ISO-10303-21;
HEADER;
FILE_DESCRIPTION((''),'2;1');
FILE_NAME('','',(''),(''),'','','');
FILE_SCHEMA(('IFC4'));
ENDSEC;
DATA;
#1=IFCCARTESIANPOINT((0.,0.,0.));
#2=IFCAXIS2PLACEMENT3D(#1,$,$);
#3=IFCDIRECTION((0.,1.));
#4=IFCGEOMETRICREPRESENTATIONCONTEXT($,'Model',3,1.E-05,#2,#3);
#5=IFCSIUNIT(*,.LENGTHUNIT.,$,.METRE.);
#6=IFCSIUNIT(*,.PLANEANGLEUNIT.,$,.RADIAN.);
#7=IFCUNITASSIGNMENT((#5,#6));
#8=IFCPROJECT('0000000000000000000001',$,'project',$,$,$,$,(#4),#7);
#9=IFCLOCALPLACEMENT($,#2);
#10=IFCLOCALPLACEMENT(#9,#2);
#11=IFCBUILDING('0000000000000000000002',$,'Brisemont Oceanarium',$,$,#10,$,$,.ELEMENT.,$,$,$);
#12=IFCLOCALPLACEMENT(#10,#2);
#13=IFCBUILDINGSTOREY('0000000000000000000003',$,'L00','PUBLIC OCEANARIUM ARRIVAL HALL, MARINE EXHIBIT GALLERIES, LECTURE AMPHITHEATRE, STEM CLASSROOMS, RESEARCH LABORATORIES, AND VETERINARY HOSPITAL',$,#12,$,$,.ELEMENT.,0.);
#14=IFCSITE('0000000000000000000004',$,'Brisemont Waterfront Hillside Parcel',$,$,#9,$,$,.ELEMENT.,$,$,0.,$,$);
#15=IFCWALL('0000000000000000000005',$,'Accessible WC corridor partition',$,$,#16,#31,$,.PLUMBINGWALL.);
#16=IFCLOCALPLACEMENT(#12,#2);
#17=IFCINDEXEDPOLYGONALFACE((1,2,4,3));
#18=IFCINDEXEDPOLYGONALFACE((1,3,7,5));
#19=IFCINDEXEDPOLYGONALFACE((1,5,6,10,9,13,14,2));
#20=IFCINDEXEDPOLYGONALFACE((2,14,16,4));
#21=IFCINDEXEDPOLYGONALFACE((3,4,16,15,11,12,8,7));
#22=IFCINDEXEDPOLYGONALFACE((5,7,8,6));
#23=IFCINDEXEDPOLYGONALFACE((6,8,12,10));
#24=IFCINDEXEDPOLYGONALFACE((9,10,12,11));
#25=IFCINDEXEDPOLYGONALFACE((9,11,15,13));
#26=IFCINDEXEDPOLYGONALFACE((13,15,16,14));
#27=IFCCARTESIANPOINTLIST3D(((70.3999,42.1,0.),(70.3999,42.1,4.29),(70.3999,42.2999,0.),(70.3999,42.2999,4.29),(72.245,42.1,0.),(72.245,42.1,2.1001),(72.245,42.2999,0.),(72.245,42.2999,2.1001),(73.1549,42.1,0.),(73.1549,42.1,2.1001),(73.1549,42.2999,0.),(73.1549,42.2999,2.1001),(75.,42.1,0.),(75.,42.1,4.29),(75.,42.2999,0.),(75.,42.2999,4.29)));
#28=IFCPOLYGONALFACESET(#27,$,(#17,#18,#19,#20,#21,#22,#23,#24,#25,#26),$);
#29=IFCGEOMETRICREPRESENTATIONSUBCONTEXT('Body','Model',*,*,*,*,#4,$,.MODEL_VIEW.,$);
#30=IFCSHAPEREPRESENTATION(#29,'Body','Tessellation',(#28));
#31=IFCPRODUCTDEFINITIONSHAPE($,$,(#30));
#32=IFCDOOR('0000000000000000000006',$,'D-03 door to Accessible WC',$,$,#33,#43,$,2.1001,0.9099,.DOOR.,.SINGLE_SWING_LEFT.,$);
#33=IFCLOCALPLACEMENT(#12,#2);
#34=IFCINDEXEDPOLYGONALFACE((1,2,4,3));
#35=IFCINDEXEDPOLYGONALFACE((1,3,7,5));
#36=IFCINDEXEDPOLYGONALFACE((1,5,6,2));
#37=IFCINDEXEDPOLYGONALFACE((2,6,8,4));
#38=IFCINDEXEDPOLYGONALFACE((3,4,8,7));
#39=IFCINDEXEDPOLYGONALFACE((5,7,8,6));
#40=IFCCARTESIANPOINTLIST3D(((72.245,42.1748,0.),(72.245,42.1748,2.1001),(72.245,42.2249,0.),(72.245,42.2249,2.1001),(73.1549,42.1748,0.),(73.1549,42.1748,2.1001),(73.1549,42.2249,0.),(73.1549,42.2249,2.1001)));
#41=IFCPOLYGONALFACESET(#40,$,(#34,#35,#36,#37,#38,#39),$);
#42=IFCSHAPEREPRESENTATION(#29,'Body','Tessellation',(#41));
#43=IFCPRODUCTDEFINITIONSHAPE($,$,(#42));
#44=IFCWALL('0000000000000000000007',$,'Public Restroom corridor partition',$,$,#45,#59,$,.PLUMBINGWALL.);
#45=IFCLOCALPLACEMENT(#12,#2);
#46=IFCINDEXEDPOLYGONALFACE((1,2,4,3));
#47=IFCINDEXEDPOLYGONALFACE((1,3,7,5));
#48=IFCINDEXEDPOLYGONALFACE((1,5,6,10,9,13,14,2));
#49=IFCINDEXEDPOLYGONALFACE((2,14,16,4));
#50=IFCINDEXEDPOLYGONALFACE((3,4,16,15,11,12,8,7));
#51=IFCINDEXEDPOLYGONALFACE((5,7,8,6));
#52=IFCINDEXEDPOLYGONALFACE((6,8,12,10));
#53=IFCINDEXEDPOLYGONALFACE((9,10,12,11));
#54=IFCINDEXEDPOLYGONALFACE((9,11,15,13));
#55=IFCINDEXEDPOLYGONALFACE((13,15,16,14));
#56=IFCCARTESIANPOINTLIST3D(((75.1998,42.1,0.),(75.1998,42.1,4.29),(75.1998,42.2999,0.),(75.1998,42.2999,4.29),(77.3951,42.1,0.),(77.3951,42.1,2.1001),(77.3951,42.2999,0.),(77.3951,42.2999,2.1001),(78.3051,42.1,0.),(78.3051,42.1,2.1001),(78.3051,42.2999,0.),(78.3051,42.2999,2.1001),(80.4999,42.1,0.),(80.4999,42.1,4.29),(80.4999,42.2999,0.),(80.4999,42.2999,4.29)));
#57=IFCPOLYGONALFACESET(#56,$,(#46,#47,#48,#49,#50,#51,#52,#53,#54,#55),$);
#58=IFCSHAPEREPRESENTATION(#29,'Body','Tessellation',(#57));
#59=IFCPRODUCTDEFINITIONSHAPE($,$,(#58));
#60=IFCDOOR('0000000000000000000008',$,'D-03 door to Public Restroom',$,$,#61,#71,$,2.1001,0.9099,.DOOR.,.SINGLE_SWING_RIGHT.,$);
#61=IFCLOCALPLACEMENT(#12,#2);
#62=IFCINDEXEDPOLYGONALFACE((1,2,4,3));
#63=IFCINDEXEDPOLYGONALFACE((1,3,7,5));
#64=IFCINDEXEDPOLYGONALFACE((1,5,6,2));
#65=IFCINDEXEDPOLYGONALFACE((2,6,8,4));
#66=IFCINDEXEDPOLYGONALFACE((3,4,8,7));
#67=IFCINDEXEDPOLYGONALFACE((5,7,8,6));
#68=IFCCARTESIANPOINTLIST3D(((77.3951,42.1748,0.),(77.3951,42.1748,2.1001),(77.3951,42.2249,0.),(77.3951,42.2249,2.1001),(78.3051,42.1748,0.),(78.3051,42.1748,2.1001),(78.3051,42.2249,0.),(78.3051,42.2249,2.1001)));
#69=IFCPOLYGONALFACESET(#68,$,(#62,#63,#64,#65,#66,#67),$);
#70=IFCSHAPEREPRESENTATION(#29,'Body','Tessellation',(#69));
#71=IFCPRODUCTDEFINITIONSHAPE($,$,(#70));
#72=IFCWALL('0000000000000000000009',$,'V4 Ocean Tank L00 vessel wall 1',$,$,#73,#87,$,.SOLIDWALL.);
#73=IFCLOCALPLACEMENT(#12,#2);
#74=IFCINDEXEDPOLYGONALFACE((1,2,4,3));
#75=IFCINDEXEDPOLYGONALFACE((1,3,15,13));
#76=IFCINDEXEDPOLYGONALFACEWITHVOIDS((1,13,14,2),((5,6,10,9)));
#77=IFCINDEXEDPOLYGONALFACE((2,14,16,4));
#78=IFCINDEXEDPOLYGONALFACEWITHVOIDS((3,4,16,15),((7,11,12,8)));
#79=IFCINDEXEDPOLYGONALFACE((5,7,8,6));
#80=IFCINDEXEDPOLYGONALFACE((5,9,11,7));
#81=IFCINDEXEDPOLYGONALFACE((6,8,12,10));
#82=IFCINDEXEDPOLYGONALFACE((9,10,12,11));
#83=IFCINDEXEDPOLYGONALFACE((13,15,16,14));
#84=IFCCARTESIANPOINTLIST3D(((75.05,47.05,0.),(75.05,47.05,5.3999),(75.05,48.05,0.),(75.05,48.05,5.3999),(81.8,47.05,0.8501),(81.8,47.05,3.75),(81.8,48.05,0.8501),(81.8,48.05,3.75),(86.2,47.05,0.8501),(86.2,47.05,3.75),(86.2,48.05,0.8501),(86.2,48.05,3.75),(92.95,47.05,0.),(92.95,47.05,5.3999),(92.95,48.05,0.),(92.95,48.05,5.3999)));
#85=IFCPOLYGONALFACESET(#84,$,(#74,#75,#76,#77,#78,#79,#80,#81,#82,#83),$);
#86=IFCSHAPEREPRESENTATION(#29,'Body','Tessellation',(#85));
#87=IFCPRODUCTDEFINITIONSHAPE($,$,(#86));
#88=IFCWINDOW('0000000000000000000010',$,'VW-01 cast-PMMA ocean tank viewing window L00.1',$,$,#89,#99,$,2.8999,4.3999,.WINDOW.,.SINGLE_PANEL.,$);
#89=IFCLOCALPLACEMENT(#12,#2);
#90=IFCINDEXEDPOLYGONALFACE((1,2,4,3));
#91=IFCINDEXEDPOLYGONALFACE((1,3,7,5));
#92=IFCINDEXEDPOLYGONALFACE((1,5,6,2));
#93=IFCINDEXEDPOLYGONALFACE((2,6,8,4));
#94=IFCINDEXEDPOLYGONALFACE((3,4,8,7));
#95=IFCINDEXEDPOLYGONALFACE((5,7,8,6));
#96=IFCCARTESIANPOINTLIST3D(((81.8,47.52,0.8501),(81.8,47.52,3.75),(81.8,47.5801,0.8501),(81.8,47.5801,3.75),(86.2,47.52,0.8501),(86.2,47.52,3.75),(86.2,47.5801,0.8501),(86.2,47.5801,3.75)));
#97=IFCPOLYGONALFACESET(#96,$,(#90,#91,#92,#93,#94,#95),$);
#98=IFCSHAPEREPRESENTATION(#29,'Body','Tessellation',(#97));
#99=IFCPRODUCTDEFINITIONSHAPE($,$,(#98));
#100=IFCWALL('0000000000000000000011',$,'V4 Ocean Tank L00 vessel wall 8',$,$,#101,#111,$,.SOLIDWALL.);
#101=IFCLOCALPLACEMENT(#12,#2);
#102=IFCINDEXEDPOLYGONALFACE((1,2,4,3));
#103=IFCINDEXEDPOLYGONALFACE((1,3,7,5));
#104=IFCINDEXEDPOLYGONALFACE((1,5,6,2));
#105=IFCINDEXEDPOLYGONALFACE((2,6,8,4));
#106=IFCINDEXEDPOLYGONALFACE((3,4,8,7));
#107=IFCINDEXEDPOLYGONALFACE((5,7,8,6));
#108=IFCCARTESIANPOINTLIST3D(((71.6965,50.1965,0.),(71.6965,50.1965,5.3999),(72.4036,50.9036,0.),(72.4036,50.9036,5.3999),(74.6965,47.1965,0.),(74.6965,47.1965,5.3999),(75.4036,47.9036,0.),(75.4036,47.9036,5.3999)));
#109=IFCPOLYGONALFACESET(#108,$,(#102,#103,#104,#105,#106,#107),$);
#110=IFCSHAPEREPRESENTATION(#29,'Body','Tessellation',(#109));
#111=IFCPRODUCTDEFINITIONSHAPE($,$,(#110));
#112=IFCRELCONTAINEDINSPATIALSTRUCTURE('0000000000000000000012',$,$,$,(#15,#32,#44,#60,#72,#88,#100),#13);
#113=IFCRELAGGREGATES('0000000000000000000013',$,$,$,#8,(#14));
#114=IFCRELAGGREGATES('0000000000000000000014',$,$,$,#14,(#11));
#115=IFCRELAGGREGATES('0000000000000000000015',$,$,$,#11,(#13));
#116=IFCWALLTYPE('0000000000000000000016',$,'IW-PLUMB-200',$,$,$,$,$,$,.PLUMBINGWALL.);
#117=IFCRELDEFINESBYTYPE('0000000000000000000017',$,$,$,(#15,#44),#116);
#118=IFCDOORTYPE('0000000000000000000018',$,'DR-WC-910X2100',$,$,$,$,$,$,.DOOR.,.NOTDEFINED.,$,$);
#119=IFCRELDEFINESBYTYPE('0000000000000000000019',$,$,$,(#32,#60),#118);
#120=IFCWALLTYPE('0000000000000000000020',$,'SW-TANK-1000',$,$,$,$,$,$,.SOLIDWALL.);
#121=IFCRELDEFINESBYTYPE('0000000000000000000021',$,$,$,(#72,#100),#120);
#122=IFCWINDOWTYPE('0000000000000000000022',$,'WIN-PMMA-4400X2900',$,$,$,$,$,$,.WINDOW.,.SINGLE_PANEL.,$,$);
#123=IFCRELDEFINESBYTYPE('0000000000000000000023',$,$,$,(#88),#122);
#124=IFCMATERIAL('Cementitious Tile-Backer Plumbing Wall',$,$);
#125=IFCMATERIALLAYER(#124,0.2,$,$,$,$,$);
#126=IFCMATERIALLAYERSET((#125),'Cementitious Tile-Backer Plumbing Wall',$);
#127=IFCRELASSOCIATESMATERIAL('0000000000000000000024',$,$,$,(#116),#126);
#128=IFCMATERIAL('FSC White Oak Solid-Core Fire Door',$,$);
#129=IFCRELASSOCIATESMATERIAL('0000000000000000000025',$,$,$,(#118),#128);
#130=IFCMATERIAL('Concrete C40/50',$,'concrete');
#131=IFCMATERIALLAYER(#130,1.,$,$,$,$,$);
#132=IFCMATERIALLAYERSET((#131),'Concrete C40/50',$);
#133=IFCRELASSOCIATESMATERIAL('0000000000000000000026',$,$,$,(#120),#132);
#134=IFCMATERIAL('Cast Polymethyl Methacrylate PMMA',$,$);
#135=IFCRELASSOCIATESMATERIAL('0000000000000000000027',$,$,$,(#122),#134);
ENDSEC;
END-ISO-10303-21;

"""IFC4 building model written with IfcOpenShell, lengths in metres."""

from ifc_helpers import new_model, si_unit, direction, frame, frame_2d, origin, place, context, subcontext, project, spatial, rectangle, extrude, material, layer, layer_set, type_object, element, fill, save


model = new_model("IFC4")

# Units and contexts
model_context = context("Model", 3, precision=1e-05, world=origin(), true_north=direction((0.0, 1.0)))
body_context = subcontext(model_context, "Body", "Model", "MODEL_VIEW")
ifc_project = project(units=[si_unit("LENGTHUNIT", "METRE"), si_unit("PLANEANGLEUNIT", "RADIAN")], contexts=[model_context])

# Site, building, storey
site_placement = place(None, origin())
site = spatial("IfcSite", under=ifc_project, at=site_placement, Name="Brisemont Waterfront Hillside Parcel", CompositionType="ELEMENT", RefElevation=0.0)
building_placement = place(site_placement, origin())
building = spatial("IfcBuilding", under=site, at=building_placement, Name="Brisemont Oceanarium", CompositionType="ELEMENT")
storey_placement = place(building_placement, origin())
storey = spatial("IfcBuildingStorey", under=building, at=storey_placement, Name="L00", Description="PUBLIC OCEANARIUM ARRIVAL HALL, MARINE EXHIBIT GALLERIES, LECTURE AMPHITHEATRE, STEM CLASSROOMS, RESEARCH LABORATORIES, AND VETERINARY HOSPITAL", CompositionType="ELEMENT", Elevation=0.0)

# Walls, openings, doors
ifc_material_1 = material(Name="Cementitious Tile-Backer Plumbing Wall")
ifc_layer_1 = layer(ifc_material_1, 0.2)
ifc_layer_set_1 = layer_set([ifc_layer_1], Name="Cementitious Tile-Backer Plumbing Wall")
wall_type_1 = type_object("IfcWallType", Name="IW-PLUMB-200", PredefinedType="PLUMBINGWALL", material=ifc_layer_set_1)
wall_1_placement = place(storey_placement, frame((70.3999, 42.2, 0.0), z_axis=(0.0, 0.0, 1.0), x_axis=(1.0, 0.0, 0.0)))
wall_1 = element("IfcWall", 1, at=wall_1_placement, inside=storey, type_object=wall_type_1, Name="Accessible WC corridor partition", PredefinedType="PLUMBINGWALL", context=body_context, shape_type="SweptSolid", body=[
    extrude(rectangle(XDim=4.6001, YDim=0.2, at=frame_2d((2.3, 0.0))), origin(), (0.0, 0.0, 1.0), 4.29),
])
opening_1_placement = place(wall_1_placement, frame((1.845, 0.0, 0.0)))
opening_1 = element("IfcOpeningElement", 2, at=opening_1_placement, cuts=wall_1, PredefinedType="OPENING", context=body_context, shape_type="SweptSolid", body=[
    extrude(rectangle(XDim=0.9099, YDim=2.1001, at=frame_2d((0.4551, 1.05))), frame((0.0, 0.1099, 0.0), z_axis=(0.0, -1.0, 0.0), x_axis=(1.0, 0.0, 0.0)), (0.0, 0.0, 1.0), 0.22),
])
ifc_material_2 = material(Name="FSC White Oak Solid-Core Fire Door")
door_type_1 = type_object("IfcDoorType", Name="DR-WC-910X2100", OperationType="NOTDEFINED", PredefinedType="DOOR", material=ifc_material_2)
door_1_placement = place(opening_1_placement, origin())
door_1 = element("IfcDoor", 3, at=door_1_placement, inside=storey, type_object=door_type_1, Name="D-03 door to Accessible WC", OperationType="SINGLE_SWING_LEFT", OverallHeight=2.1001, OverallWidth=0.9099, PredefinedType="DOOR", context=body_context, shape_type="SweptSolid", body=[
    extrude(rectangle(XDim=0.9099, YDim=2.1001, at=frame_2d((0.4551, 1.05))), frame((0.0, 0.0249, 0.0), z_axis=(0.0, -1.0, 0.0), x_axis=(1.0, 0.0, 0.0)), (0.0, 0.0, 1.0), 0.05),
])
fill(opening_1, door_1)
wall_2_placement = place(storey_placement, frame((75.2, 42.2, 0.0), z_axis=(0.0, 0.0, 1.0), x_axis=(1.0, 0.0, 0.0)))
wall_2 = element("IfcWall", 4, at=wall_2_placement, inside=storey, type_object=wall_type_1, Name="Public Restroom corridor partition", PredefinedType="PLUMBINGWALL", context=body_context, shape_type="SweptSolid", body=[
    extrude(rectangle(XDim=5.3, YDim=0.2, at=frame_2d((2.6499, 0.0))), origin(), (0.0, 0.0, 1.0), 4.29),
])
opening_2_placement = place(wall_2_placement, frame((2.1951, 0.0, 0.0)))
opening_2 = element("IfcOpeningElement", 5, at=opening_2_placement, cuts=wall_2, PredefinedType="OPENING", context=body_context, shape_type="SweptSolid", body=[
    extrude(rectangle(XDim=0.9099, YDim=2.1001, at=frame_2d((0.4551, 1.05))), frame((0.0, 0.1099, 0.0), z_axis=(0.0, -1.0, 0.0), x_axis=(1.0, 0.0, 0.0)), (0.0, 0.0, 1.0), 0.22),
])
door_2_placement = place(opening_2_placement, origin())
door_2 = element("IfcDoor", 6, at=door_2_placement, inside=storey, type_object=door_type_1, Name="D-03 door to Public Restroom", OperationType="SINGLE_SWING_RIGHT", OverallHeight=2.1001, OverallWidth=0.9099, PredefinedType="DOOR", context=body_context, shape_type="SweptSolid", body=[
    extrude(rectangle(XDim=0.9099, YDim=2.1001, at=frame_2d((0.4551, 1.05))), frame((0.0, 0.0249, 0.0), z_axis=(0.0, -1.0, 0.0), x_axis=(1.0, 0.0, 0.0)), (0.0, 0.0, 1.0), 0.05),
])
fill(opening_2, door_2)

# Wall, opening, window
ifc_material_3 = material(Name="Concrete C40/50", Category="concrete")
ifc_layer_2 = layer(ifc_material_3, 1.0)
ifc_layer_set_2 = layer_set([ifc_layer_2], Name="Concrete C40/50")
wall_type_2 = type_object("IfcWallType", Name="SW-TANK-1000", PredefinedType="SOLIDWALL", material=ifc_layer_set_2)
wall_3_placement = place(storey_placement, frame((75.05, 47.55, 0.0), z_axis=(0.0, 0.0, 1.0), x_axis=(1.0, 0.0, 0.0)))
wall_3 = element("IfcWall", 7, at=wall_3_placement, inside=storey, type_object=wall_type_2, Name="V4 Ocean Tank L00 vessel wall 1", PredefinedType="SOLIDWALL", context=body_context, shape_type="SweptSolid", body=[
    extrude(rectangle(XDim=17.8999, YDim=1.0, at=frame_2d((8.95, 0.0))), origin(), (0.0, 0.0, 1.0), 5.3999),
])
opening_3_placement = place(wall_3_placement, frame((6.75, 0.0, 0.8501)))
opening_3 = element("IfcOpeningElement", 8, at=opening_3_placement, cuts=wall_3, PredefinedType="OPENING", context=body_context, shape_type="SweptSolid", body=[
    extrude(rectangle(XDim=4.3999, YDim=2.8999, at=frame_2d((2.2, 1.45))), frame((0.0, 0.51, 0.0), z_axis=(0.0, -1.0, 0.0), x_axis=(1.0, 0.0, 0.0)), (0.0, 0.0, 1.0), 1.02),
])
ifc_material_4 = material(Name="Cast Polymethyl Methacrylate PMMA")
window_type = type_object("IfcWindowType", Name="WIN-PMMA-4400X2900", PartitioningType="SINGLE_PANEL", PredefinedType="WINDOW", material=ifc_material_4)
window_placement = place(opening_3_placement, origin())
window = element("IfcWindow", 9, at=window_placement, inside=storey, type_object=window_type, Name="VW-01 cast-PMMA ocean tank viewing window L00.1", OverallHeight=2.8999, OverallWidth=4.3999, PartitioningType="SINGLE_PANEL", PredefinedType="WINDOW", context=body_context, shape_type="SweptSolid", body=[
    extrude(rectangle(XDim=4.3999, YDim=2.8999, at=frame_2d((2.2, 1.45))), frame((0.0, 0.03, 0.0), z_axis=(0.0, -1.0, 0.0), x_axis=(1.0, 0.0, 0.0)), (0.0, 0.0, 1.0), 0.0601),
])
fill(opening_3, window)

# Wall
wall_4_placement = place(storey_placement, frame((72.05, 50.55, 0.0), z_axis=(0.0, 0.0, 1.0), x_axis=(0.707107, -0.707107, 0.0)))
element("IfcWall", 10, at=wall_4_placement, inside=storey, type_object=wall_type_2, Name="V4 Ocean Tank L00 vessel wall 8", PredefinedType="SOLIDWALL", context=body_context, shape_type="SweptSolid", body=[
    extrude(rectangle(XDim=4.2427, YDim=1.0, at=frame_2d((2.1213, 0.0))), origin(), (0.0, 0.0, 1.0), 5.3999),
])

save(model, "model.ifc")
